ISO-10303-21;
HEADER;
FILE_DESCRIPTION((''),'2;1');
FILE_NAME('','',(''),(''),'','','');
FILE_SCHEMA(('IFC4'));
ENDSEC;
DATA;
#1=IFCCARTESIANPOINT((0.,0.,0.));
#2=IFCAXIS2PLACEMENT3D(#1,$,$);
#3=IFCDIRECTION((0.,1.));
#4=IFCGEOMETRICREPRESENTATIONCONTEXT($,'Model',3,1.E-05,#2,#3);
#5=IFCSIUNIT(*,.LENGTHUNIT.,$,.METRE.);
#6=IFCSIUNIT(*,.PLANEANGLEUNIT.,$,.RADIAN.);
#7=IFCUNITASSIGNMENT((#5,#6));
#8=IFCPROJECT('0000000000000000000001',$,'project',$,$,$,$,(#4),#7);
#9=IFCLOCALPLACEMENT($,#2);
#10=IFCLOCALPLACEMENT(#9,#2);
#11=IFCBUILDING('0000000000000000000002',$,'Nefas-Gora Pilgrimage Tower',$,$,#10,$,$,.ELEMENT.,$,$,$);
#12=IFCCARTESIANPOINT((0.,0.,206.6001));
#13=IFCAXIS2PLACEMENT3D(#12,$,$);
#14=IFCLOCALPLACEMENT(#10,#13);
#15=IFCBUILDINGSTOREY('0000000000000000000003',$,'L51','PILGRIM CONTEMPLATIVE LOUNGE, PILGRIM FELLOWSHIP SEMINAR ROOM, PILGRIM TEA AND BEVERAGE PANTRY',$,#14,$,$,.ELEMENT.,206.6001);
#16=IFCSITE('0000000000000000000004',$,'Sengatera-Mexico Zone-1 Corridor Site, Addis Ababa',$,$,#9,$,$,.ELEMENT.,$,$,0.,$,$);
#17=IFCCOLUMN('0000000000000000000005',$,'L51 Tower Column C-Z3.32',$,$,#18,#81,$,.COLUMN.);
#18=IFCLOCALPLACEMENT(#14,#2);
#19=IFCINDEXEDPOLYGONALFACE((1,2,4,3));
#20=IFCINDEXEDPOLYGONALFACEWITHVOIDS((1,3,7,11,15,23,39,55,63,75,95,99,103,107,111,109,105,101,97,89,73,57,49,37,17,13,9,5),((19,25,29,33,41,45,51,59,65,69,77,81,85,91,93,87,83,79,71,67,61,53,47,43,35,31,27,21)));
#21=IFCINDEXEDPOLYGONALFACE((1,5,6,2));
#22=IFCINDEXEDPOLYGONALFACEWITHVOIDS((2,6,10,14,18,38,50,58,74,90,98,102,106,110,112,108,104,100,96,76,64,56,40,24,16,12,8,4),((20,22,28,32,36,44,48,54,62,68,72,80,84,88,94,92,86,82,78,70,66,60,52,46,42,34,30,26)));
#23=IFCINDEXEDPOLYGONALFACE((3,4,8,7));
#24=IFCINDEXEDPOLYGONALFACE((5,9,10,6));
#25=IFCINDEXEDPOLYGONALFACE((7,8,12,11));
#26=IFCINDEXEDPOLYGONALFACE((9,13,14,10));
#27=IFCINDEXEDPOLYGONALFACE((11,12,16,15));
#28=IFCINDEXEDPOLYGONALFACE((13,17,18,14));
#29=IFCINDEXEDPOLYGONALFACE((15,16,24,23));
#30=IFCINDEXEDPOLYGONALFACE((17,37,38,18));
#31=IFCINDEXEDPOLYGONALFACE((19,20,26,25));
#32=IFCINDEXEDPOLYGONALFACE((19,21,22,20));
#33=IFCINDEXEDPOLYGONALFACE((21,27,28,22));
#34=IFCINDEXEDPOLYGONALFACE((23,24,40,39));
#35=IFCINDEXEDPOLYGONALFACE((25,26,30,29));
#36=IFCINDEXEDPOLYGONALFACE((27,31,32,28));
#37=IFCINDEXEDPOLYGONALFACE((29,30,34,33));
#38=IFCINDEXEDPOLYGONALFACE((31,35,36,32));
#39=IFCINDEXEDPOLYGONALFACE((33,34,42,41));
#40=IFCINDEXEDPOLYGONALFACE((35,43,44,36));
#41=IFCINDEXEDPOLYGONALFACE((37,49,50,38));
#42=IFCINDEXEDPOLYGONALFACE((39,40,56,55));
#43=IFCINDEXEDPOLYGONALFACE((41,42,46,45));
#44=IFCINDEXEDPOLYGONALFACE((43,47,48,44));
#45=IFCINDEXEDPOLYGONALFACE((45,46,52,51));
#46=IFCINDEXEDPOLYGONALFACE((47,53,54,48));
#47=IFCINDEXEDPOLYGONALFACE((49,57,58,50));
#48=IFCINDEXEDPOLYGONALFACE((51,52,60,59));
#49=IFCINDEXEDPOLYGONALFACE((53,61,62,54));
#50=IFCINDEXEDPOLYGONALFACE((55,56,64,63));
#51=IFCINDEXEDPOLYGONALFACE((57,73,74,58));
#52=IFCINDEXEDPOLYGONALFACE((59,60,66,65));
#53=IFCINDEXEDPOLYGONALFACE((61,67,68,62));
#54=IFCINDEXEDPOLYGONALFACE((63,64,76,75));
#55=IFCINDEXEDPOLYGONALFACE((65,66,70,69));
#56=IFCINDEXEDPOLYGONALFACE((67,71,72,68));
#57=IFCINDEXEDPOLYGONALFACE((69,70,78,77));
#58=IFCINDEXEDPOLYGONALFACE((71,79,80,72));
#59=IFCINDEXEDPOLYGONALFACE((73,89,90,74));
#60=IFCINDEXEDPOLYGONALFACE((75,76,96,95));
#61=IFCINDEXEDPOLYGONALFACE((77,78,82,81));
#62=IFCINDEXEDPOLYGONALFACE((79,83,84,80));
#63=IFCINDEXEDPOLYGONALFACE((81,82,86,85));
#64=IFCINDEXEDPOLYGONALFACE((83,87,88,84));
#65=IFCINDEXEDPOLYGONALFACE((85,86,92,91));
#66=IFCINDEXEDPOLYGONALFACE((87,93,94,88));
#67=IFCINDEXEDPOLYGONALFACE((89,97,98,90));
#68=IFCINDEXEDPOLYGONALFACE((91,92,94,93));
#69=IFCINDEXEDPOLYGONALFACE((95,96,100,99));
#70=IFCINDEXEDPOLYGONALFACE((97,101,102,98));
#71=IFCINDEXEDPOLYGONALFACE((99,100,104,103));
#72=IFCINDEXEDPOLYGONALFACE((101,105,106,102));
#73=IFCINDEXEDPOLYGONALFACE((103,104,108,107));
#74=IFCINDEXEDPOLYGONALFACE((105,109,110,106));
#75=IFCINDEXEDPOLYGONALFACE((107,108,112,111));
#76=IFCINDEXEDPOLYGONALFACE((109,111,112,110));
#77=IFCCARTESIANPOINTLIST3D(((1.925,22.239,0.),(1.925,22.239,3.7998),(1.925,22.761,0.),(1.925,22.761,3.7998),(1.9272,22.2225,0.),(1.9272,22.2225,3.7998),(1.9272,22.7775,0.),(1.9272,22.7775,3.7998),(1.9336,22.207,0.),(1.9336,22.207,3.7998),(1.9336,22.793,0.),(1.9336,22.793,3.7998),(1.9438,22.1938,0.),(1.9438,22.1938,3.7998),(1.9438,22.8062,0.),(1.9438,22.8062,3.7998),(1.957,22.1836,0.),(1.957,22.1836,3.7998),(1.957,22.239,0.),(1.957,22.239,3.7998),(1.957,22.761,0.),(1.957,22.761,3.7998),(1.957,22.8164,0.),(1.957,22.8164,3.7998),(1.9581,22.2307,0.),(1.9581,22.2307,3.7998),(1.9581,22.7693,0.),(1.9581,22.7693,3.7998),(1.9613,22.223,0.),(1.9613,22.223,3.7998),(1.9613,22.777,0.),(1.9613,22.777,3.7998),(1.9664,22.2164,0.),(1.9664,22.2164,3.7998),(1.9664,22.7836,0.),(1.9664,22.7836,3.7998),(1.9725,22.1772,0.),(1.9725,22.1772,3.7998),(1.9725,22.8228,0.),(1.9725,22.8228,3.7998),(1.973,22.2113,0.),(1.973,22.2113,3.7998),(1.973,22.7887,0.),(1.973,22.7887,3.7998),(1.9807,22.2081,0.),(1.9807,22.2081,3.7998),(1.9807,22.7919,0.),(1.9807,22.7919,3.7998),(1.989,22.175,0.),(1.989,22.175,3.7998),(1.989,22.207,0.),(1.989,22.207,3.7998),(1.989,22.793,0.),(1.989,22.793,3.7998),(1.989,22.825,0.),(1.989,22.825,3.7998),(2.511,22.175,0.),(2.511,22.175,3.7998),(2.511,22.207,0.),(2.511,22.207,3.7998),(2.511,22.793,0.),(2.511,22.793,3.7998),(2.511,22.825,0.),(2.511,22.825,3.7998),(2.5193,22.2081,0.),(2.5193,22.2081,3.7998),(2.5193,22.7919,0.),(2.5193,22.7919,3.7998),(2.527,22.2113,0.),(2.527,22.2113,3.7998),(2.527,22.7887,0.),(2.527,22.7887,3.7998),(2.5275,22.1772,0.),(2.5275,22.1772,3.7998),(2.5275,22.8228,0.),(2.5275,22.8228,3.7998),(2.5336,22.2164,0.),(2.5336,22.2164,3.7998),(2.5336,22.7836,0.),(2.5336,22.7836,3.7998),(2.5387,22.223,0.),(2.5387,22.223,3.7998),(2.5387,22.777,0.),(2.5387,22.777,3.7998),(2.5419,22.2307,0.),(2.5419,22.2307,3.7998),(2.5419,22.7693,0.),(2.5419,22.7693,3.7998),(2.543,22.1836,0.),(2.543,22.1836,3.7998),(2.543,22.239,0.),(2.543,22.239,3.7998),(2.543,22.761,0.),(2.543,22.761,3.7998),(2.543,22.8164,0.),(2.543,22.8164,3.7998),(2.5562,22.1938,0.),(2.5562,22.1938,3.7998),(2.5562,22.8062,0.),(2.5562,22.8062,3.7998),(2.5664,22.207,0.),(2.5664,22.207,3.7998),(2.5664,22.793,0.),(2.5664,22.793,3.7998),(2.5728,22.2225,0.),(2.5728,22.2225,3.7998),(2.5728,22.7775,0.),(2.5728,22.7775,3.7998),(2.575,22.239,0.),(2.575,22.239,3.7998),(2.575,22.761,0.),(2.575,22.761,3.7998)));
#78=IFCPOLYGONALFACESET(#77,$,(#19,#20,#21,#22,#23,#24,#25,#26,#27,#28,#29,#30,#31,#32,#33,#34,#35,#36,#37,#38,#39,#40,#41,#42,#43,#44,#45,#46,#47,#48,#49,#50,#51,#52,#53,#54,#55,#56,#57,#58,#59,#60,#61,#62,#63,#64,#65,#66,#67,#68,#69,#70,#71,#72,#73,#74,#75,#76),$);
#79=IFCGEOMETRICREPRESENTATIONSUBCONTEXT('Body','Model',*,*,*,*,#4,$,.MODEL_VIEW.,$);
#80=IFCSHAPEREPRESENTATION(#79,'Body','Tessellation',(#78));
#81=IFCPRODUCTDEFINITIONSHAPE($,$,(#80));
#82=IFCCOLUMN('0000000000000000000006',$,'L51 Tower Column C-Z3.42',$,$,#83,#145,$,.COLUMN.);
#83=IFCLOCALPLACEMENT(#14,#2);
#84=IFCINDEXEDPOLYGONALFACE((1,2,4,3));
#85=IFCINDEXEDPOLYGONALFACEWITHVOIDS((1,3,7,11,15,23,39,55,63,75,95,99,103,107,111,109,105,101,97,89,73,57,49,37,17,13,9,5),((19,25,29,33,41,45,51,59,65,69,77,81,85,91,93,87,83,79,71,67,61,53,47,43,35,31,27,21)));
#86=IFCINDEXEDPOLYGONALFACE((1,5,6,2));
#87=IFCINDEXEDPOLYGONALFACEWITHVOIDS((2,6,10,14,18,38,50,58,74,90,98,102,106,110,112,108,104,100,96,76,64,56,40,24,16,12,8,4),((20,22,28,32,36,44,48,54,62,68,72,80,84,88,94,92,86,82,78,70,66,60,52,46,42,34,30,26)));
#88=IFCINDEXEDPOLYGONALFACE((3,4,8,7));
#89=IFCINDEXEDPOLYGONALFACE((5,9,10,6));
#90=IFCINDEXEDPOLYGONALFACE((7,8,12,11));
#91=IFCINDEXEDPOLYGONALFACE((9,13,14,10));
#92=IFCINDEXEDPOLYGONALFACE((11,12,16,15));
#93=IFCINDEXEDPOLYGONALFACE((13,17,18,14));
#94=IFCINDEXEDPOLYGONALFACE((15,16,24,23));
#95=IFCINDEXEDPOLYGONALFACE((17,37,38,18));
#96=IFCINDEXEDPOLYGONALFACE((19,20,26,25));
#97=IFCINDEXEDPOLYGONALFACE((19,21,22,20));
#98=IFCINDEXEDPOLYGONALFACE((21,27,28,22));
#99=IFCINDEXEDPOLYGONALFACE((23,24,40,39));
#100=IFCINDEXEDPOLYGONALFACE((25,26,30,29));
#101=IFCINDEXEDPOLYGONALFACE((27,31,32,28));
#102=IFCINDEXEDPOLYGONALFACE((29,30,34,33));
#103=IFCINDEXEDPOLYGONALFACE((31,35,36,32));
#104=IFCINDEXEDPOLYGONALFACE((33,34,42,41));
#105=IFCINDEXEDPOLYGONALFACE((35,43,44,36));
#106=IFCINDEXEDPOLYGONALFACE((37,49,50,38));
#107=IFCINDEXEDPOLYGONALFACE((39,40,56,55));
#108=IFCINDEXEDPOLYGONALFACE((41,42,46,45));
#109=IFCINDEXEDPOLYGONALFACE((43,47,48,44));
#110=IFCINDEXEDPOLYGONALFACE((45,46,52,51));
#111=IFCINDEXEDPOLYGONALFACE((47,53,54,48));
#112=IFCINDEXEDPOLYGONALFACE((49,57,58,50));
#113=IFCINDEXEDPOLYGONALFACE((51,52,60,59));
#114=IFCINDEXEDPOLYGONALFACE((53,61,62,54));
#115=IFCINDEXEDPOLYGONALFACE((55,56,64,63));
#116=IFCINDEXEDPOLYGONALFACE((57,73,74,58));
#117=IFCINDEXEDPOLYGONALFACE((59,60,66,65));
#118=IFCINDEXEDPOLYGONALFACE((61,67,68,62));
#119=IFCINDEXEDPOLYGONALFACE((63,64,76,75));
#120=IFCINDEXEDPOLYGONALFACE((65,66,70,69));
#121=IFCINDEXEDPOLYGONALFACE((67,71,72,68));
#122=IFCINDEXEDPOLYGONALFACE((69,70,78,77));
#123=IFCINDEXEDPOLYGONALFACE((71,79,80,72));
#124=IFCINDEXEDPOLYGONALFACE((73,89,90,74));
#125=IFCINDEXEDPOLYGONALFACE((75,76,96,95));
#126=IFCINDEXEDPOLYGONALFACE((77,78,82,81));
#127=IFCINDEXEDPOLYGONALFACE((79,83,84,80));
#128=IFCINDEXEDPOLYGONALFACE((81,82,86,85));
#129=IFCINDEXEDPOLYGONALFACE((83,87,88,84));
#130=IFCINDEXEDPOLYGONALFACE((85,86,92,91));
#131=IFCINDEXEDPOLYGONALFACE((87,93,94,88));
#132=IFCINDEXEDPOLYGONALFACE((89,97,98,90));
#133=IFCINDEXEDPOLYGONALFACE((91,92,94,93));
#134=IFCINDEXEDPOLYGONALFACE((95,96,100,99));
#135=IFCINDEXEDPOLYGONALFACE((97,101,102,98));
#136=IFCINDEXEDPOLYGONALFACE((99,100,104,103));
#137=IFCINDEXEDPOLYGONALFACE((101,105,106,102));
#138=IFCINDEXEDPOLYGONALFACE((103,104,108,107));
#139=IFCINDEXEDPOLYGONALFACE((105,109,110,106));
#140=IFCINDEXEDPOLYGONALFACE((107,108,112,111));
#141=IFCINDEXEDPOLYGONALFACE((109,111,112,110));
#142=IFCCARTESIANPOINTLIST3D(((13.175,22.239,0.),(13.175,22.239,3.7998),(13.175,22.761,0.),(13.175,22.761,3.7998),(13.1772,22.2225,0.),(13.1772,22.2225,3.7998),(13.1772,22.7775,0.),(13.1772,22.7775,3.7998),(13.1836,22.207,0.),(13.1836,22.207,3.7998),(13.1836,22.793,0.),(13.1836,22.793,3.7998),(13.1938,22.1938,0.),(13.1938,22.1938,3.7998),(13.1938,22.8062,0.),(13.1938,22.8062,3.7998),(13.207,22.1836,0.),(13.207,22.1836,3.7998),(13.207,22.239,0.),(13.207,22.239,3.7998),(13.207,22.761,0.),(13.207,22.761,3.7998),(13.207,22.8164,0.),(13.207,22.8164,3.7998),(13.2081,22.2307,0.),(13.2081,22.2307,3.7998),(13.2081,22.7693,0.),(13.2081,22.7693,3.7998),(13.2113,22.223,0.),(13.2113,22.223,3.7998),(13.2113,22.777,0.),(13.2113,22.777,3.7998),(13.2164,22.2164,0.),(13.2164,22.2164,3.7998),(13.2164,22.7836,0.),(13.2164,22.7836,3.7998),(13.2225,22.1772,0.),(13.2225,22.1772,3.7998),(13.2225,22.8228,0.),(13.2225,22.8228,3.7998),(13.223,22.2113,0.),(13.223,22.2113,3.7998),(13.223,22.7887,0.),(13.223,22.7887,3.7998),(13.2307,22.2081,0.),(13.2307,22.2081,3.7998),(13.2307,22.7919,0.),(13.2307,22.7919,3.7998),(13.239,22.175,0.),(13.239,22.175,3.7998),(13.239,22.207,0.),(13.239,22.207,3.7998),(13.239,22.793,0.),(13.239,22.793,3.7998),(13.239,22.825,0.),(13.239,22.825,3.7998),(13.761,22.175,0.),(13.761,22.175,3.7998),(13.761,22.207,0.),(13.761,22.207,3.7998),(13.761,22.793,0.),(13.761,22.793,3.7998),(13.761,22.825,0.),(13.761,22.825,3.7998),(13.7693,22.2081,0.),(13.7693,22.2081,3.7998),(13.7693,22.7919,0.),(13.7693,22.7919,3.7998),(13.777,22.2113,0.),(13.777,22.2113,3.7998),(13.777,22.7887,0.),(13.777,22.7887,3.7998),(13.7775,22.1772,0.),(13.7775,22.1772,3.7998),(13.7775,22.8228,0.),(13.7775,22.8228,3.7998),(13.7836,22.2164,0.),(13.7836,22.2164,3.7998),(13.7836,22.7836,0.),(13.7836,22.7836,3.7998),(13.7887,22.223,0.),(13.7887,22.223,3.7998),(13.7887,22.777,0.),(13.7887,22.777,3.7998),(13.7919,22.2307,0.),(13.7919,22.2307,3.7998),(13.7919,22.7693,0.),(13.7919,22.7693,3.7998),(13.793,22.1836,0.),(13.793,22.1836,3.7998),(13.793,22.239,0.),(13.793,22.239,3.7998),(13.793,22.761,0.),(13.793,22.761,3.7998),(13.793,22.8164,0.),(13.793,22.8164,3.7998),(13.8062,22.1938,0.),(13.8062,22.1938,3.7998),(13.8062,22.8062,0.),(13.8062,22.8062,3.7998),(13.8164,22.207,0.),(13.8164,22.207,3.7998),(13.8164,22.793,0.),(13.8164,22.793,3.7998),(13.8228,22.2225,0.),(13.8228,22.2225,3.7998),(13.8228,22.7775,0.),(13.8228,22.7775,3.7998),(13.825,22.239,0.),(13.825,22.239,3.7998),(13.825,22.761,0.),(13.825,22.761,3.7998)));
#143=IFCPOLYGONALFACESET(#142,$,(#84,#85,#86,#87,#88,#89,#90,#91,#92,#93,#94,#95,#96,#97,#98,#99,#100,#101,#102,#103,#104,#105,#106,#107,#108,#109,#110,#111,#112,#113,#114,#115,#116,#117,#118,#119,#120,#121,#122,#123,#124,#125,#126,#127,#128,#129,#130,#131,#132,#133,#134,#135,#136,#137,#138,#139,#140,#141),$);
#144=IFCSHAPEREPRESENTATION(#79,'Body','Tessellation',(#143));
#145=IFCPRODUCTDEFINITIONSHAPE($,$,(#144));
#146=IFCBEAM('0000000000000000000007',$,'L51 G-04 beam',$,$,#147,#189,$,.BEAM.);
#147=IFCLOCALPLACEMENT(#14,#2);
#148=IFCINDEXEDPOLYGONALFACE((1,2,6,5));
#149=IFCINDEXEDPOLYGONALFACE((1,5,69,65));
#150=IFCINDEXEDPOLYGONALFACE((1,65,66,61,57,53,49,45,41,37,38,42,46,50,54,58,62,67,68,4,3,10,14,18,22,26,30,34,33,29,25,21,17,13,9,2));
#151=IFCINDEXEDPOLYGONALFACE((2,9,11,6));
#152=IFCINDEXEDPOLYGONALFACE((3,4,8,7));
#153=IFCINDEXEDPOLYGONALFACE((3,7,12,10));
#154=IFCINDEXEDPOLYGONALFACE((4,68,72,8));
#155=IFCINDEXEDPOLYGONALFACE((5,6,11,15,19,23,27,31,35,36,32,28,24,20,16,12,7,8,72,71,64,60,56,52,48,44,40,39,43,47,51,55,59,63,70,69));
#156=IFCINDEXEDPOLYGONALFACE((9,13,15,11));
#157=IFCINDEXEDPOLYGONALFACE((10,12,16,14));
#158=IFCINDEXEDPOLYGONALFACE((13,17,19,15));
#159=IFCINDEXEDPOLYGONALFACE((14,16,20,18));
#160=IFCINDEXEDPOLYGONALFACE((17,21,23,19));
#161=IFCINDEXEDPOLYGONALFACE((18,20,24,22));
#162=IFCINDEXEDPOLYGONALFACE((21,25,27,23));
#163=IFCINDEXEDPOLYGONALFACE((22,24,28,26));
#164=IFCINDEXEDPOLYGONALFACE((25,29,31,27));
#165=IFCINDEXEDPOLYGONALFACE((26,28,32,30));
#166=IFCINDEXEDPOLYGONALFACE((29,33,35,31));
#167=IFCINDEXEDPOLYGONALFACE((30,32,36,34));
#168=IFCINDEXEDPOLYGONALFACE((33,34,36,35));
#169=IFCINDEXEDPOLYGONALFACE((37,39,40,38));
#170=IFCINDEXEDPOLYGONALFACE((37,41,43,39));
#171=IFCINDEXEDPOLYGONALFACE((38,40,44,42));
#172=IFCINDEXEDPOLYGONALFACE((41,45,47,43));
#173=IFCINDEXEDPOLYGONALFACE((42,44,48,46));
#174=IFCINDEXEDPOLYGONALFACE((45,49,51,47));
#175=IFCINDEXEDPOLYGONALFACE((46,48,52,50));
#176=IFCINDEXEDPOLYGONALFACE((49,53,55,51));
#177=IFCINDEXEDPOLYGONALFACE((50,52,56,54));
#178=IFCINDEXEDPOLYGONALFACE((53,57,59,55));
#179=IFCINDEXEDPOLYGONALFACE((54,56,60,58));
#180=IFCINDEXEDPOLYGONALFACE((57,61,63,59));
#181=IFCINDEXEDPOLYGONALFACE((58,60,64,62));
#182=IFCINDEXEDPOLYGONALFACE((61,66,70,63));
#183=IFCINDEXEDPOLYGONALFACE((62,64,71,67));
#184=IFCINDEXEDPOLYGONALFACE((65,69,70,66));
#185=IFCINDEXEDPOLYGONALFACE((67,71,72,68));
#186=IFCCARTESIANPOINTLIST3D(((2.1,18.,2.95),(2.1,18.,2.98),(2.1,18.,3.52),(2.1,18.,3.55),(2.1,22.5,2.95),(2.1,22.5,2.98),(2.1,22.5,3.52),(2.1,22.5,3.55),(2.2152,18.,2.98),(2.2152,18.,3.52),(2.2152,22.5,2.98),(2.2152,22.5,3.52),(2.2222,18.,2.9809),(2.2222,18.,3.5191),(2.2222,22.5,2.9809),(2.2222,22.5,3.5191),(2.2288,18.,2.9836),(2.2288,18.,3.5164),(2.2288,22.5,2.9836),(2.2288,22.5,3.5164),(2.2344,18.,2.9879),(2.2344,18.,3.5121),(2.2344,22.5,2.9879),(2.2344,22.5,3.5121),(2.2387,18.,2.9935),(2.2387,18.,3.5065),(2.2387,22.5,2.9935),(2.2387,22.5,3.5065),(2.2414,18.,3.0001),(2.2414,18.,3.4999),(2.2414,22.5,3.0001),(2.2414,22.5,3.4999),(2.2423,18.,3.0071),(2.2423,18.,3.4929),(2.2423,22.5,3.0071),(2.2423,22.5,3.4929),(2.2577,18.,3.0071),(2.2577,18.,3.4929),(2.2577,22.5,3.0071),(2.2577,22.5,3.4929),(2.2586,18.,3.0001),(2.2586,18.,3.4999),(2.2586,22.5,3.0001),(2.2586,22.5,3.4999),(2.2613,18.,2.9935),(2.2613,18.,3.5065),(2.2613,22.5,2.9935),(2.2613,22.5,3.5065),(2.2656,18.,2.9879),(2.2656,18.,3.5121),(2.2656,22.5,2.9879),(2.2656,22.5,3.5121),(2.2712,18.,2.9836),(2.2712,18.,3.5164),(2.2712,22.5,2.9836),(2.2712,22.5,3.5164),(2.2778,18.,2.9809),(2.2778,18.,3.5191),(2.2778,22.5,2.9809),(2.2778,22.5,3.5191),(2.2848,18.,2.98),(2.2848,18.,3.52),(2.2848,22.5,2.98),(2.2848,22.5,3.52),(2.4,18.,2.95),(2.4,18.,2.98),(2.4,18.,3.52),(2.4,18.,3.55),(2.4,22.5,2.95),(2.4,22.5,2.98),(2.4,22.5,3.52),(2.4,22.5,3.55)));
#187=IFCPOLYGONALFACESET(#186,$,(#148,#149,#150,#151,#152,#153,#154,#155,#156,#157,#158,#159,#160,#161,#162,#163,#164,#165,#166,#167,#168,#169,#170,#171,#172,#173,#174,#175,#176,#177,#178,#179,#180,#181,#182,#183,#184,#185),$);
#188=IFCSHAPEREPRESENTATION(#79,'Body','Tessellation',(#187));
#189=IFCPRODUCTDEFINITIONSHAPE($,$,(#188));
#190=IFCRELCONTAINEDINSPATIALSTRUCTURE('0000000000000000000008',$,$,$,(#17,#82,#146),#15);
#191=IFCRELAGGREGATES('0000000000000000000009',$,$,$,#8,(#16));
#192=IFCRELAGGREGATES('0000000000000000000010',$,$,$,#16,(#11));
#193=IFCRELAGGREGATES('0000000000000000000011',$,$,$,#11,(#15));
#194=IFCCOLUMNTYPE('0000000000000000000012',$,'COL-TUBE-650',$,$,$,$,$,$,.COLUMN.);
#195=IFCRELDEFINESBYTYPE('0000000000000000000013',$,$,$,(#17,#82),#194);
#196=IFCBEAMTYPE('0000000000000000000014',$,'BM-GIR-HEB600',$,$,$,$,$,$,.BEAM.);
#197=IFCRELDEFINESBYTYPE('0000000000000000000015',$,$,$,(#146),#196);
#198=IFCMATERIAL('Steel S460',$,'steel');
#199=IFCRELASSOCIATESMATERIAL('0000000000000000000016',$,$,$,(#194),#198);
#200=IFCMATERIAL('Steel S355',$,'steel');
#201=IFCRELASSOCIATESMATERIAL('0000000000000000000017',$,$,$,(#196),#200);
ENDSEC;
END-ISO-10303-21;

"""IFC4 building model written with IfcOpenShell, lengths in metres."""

from ifc_helpers import new_model, si_unit, direction, frame, origin, origin_2d, place, context, subcontext, project, spatial, hollow_rectangle, i_section, extrude, source, transform, mapped, material, material_profile, profile_set, type_object, element, save


model = new_model("IFC4")

# Units and contexts
model_context = context("Model", 3, precision=1e-05, world=origin(), true_north=direction((0.0, 1.0)))
body_context = subcontext(model_context, "Body", "Model", "MODEL_VIEW")
ifc_project = project(units=[si_unit("LENGTHUNIT", "METRE"), si_unit("PLANEANGLEUNIT", "RADIAN")], contexts=[model_context])

# Site, building, storey
site_placement = place(None, origin())
site = spatial("IfcSite", under=ifc_project, at=site_placement, Name="Sengatera-Mexico Zone-1 Corridor Site, Addis Ababa", CompositionType="ELEMENT", RefElevation=0.0)
building_placement = place(site_placement, origin())
building = spatial("IfcBuilding", under=site, at=building_placement, Name="Nefas-Gora Pilgrimage Tower", CompositionType="ELEMENT")
storey_placement = place(building_placement, frame((0.0, 0.0, 206.6001)))
storey = spatial("IfcBuildingStorey", under=building, at=storey_placement, Name="L51", Description="PILGRIM CONTEMPLATIVE LOUNGE, PILGRIM FELLOWSHIP SEMINAR ROOM, PILGRIM TEA AND BEVERAGE PANTRY", CompositionType="ELEMENT", Elevation=206.6001)

# Columns
ifc_material_1 = material(Name="Steel S460", Category="steel")
ifc_material_profile_1 = material_profile(ifc_material_1, hollow_rectangle(XDim=0.6499, YDim=0.6499, WallThickness=0.032, InnerFilletRadius=0.032, OuterFilletRadius=0.064, at=origin_2d()), Name="BOX 650x650x32")
ifc_profile_set_1 = profile_set([ifc_material_profile_1], Name="Steel S460")
column_type_1 = type_object("IfcColumnType", Name="COL-TUBE-650", PredefinedType="COLUMN", material=ifc_profile_set_1)
shared_shape_1 = source(origin(), body_context, "Body", "SweptSolid", [
    extrude(hollow_rectangle(XDim=0.6499, YDim=0.6499, WallThickness=0.032, InnerFilletRadius=0.032, OuterFilletRadius=0.064, at=origin_2d()), origin(), (0.0, 0.0, 1.0), 3.7998),
])
for number, where, z_axis, x_axis, name in (
    (1, (2.25, 22.5, 0.0), (0.0, 0.0, 1.0), (1.0, 0.0, 0.0), "L51 Tower Column C-Z3.32"),
    (2, (13.5, 22.5, 0.0), (0.0, 0.0, 1.0), (1.0, 0.0, 0.0), "L51 Tower Column C-Z3.42"),
):
    element("IfcColumn", number, at=place(storey_placement, frame(where, z_axis=z_axis, x_axis=x_axis)), inside=storey, type_object=column_type_1, Name=name, PredefinedType="COLUMN", context=body_context, shape_type="MappedRepresentation", body=[
        mapped(shared_shape_1, transform((0.0, 0.0, 0.0), x_axis=(1.0, 0.0, 0.0), y_axis=(0.0, 1.0, 0.0), z_axis=(0.0, 0.0, 1.0), scale=1.0)),
    ])

# Beam
ifc_material_2 = material(Name="Steel S355", Category="steel")
ifc_material_profile_2 = material_profile(ifc_material_2, i_section(OverallWidth=0.3, OverallDepth=0.6001, WebThickness=0.0154, FlangeThickness=0.03, FilletRadius=0.0271, at=origin_2d()), Name="HEB 600")
ifc_profile_set_2 = profile_set([ifc_material_profile_2], Name="Steel S355")
beam_type_1 = type_object("IfcBeamType", Name="BM-GIR-HEB600", PredefinedType="BEAM", material=ifc_profile_set_2)
shared_shape_2 = source(origin(), body_context, "Body", "SweptSolid", [
    extrude(i_section(OverallWidth=0.3, OverallDepth=0.6001, WebThickness=0.0154, FlangeThickness=0.03, FilletRadius=0.0271, at=origin_2d()), origin(), (0.0, 0.0, 1.0), 4.5),
])
for number, where, z_axis, x_axis, name in (
    (3, (2.25, 18.0, 3.25), (0.0, 1.0, 0.0), (-1.0, 0.0, 0.0), "L51 G-04 beam"),
):
    element("IfcBeam", number, at=place(storey_placement, frame(where, z_axis=z_axis, x_axis=x_axis)), inside=storey, type_object=beam_type_1, Name=name, PredefinedType="BEAM", context=body_context, shape_type="MappedRepresentation", body=[
        mapped(shared_shape_2, transform((0.0, 0.0, 0.0), x_axis=(1.0, 0.0, 0.0), y_axis=(0.0, 1.0, 0.0), z_axis=(0.0, 0.0, 1.0), scale=1.0)),
    ])

save(model, "model.ifc")
